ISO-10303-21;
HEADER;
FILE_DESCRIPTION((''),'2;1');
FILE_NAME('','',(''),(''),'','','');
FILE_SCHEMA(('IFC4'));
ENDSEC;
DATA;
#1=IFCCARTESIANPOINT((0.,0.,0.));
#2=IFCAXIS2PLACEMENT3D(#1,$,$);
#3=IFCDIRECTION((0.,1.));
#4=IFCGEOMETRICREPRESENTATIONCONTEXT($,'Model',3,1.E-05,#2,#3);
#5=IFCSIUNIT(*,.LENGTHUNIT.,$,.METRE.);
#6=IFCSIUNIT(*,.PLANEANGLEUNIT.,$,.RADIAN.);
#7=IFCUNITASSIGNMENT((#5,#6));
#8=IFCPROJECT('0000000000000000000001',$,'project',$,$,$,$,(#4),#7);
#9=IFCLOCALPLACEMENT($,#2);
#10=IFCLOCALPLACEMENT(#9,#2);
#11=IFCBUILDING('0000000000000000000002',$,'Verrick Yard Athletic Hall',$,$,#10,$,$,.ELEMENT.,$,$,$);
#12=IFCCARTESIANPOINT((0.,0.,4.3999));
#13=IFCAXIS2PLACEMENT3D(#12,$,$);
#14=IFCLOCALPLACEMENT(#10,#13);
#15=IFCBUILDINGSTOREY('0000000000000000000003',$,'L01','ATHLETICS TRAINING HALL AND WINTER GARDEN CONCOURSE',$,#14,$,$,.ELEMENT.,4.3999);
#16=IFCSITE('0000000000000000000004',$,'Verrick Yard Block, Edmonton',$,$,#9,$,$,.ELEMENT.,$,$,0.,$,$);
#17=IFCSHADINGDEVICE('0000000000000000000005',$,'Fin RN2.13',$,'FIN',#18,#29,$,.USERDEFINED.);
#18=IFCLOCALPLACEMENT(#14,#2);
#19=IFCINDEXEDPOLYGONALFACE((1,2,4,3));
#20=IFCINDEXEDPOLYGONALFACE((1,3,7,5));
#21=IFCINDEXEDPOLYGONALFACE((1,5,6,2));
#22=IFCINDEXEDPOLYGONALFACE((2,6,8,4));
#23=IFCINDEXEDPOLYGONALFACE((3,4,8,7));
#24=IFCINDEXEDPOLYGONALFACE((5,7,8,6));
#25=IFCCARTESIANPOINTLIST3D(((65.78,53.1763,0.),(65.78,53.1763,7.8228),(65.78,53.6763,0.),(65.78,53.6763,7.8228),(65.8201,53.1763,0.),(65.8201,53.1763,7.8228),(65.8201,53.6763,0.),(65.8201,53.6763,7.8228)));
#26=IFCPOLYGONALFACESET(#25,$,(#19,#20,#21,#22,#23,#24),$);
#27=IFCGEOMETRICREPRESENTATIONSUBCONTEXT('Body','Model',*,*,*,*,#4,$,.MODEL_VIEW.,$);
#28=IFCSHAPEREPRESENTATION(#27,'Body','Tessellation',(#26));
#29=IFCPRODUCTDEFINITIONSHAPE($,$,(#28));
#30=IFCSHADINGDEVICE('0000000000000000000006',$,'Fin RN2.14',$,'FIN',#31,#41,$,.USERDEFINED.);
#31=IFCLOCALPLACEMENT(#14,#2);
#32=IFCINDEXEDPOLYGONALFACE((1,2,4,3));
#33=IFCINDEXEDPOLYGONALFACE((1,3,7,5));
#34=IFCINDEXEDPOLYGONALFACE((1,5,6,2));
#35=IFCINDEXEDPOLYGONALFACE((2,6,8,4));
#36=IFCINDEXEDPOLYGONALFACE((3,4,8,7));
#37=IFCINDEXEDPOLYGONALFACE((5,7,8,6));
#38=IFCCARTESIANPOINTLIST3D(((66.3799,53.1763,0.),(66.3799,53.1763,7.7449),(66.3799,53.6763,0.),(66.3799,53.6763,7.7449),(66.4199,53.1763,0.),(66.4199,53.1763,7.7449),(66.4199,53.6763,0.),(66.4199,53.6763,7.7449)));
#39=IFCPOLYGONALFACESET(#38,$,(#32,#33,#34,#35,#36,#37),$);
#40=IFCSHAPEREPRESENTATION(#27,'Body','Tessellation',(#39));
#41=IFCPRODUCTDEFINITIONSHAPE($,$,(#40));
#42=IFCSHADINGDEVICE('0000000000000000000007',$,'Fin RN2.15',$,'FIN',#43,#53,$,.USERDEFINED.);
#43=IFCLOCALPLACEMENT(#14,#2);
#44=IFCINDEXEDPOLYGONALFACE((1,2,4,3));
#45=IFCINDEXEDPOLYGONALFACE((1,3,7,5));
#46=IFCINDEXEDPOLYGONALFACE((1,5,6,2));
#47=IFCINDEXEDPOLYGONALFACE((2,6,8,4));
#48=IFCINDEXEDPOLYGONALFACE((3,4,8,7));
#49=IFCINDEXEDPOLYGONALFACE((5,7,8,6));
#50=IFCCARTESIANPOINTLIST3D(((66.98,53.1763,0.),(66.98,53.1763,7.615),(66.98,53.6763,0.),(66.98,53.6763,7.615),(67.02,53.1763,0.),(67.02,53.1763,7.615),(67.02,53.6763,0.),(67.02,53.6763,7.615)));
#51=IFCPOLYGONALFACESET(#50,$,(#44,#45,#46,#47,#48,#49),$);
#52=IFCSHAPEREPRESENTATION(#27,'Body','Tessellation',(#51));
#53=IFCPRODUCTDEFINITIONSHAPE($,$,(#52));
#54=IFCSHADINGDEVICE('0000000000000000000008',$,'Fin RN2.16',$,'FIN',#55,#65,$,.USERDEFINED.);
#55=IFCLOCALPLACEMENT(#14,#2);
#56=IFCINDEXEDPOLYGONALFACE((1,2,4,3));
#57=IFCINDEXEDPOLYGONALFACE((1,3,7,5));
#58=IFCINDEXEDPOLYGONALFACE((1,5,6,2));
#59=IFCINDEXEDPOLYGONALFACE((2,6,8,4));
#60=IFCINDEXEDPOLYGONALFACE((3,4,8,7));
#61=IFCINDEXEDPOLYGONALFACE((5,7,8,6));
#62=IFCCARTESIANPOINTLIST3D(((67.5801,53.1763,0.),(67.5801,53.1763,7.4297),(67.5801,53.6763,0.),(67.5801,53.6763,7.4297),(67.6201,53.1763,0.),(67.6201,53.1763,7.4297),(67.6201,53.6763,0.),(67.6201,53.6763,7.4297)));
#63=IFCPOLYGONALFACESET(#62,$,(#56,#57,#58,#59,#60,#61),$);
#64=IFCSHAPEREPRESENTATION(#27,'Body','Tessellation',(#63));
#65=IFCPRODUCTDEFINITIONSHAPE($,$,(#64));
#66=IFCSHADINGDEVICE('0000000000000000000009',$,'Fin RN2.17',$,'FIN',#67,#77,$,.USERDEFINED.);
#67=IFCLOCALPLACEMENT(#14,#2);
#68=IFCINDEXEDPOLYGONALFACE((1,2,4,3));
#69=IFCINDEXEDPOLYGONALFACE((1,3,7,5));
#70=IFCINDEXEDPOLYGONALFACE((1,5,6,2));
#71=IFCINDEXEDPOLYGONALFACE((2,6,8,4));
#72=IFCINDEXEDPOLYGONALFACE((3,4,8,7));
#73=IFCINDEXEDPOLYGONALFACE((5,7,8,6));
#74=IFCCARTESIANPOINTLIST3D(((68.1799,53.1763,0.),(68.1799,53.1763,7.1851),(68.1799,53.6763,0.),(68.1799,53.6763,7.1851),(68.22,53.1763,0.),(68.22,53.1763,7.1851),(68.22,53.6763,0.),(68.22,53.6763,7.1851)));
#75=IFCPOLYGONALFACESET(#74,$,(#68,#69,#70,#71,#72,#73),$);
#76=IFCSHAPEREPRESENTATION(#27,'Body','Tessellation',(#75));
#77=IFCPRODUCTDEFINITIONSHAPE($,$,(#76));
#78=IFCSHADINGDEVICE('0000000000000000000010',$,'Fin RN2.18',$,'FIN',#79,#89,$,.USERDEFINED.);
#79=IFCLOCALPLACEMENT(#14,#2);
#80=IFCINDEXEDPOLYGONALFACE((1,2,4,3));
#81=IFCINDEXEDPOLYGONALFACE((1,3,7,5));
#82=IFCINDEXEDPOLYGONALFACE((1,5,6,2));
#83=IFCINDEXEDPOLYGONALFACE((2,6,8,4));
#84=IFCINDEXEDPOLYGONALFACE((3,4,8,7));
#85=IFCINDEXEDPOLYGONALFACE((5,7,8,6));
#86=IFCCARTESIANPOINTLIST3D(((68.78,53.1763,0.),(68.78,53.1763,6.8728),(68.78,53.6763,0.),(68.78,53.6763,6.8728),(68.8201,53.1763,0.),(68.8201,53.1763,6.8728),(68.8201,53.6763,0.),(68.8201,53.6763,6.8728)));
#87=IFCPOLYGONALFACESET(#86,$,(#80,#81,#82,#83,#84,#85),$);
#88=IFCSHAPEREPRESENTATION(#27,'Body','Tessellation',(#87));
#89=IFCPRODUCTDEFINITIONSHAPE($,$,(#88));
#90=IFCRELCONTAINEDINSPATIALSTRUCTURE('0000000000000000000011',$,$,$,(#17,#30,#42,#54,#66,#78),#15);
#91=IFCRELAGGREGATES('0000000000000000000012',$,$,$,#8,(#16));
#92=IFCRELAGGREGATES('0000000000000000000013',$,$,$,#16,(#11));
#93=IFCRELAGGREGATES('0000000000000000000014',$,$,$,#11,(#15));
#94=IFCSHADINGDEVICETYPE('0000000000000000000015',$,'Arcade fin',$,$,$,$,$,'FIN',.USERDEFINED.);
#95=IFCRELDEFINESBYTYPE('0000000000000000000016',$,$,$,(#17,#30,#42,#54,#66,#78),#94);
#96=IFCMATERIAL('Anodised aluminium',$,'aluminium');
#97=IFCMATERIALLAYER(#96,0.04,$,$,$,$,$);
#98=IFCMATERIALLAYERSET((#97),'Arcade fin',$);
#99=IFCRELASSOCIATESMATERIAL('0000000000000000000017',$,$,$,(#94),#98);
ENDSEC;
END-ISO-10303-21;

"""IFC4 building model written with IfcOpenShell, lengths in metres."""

from ifc_helpers import new_model, si_unit, direction, frame, origin, place, context, subcontext, project, spatial, polyline, outline, extrude, material, layer, layer_set, type_object, element, save


model = new_model("IFC4")

# Units and contexts
model_context = context("Model", 3, precision=1e-05, world=origin(), true_north=direction((0.0, 1.0)))
body_context = subcontext(model_context, "Body", "Model", "MODEL_VIEW")
ifc_project = project(units=[si_unit("LENGTHUNIT", "METRE"), si_unit("PLANEANGLEUNIT", "RADIAN")], contexts=[model_context])

# Site, building, storey
site_placement = place(None, origin())
site = spatial("IfcSite", under=ifc_project, at=site_placement, Name="Verrick Yard Block, Edmonton", CompositionType="ELEMENT", RefElevation=0.0)
building_placement = place(site_placement, origin())
building = spatial("IfcBuilding", under=site, at=building_placement, Name="Verrick Yard Athletic Hall", CompositionType="ELEMENT")
storey_placement = place(building_placement, frame((0.0, 0.0, 4.3999)))
storey = spatial("IfcBuildingStorey", under=building, at=storey_placement, Name="L01", Description="ATHLETICS TRAINING HALL AND WINTER GARDEN CONCOURSE", CompositionType="ELEMENT", Elevation=4.3999)

# Shading devices
ifc_material_1 = material(Name="Anodised aluminium", Category="aluminium")
ifc_layer_1 = layer(ifc_material_1, 0.04)
ifc_layer_set_1 = layer_set([ifc_layer_1], Name="Arcade fin")
shading_device_type = type_object("IfcShadingDeviceType", Name="Arcade fin", ElementType="FIN", PredefinedType="USERDEFINED", material=ifc_layer_set_1)
shading_device_1_placement = place(storey_placement, frame((65.8, 53.1763, 0.0), z_axis=(0.0, 0.0, 1.0), x_axis=(0.0, 1.0, 0.0)))
element("IfcShadingDevice", 1, at=shading_device_1_placement, inside=storey, type_object=shading_device_type, Name="Fin RN2.13", ObjectType="FIN", PredefinedType="USERDEFINED", context=body_context, shape_type="SweptSolid", body=[
    extrude(outline(polyline([(0.0, 0.0), (0.5, 0.0), (0.5, 7.8228), (0.0, 7.8228), (0.0, 0.0)])), frame((0.0, 0.02, 0.0), z_axis=(0.0, -1.0, 0.0), x_axis=(1.0, 0.0, 0.0)), (0.0, 0.0, 1.0), 0.04),
])
shading_device_2_placement = place(storey_placement, frame((66.3999, 53.1763, 0.0), z_axis=(0.0, 0.0, 1.0), x_axis=(0.0, 1.0, 0.0)))
element("IfcShadingDevice", 2, at=shading_device_2_placement, inside=storey, type_object=shading_device_type, Name="Fin RN2.14", ObjectType="FIN", PredefinedType="USERDEFINED", context=body_context, shape_type="SweptSolid", body=[
    extrude(outline(polyline([(0.0, 0.0), (0.5, 0.0), (0.5, 7.7449), (0.0, 7.7449), (0.0, 0.0)])), frame((0.0, 0.02, 0.0), z_axis=(0.0, -1.0, 0.0), x_axis=(1.0, 0.0, 0.0)), (0.0, 0.0, 1.0), 0.04),
])
shading_device_3_placement = place(storey_placement, frame((67.0, 53.1763, 0.0), z_axis=(0.0, 0.0, 1.0), x_axis=(0.0, 1.0, 0.0)))
element("IfcShadingDevice", 3, at=shading_device_3_placement, inside=storey, type_object=shading_device_type, Name="Fin RN2.15", ObjectType="FIN", PredefinedType="USERDEFINED", context=body_context, shape_type="SweptSolid", body=[
    extrude(outline(polyline([(0.0, 0.0), (0.5, 0.0), (0.5, 7.615), (0.0, 7.615), (0.0, 0.0)])), frame((0.0, 0.02, 0.0), z_axis=(0.0, -1.0, 0.0), x_axis=(1.0, 0.0, 0.0)), (0.0, 0.0, 1.0), 0.04),
])
shading_device_4_placement = place(storey_placement, frame((67.6001, 53.1763, 0.0), z_axis=(0.0, 0.0, 1.0), x_axis=(0.0, 1.0, 0.0)))
element("IfcShadingDevice", 4, at=shading_device_4_placement, inside=storey, type_object=shading_device_type, Name="Fin RN2.16", ObjectType="FIN", PredefinedType="USERDEFINED", context=body_context, shape_type="SweptSolid", body=[
    extrude(outline(polyline([(0.0, 0.0), (0.5, 0.0), (0.5, 7.4297), (0.0, 7.4297), (0.0, 0.0)])), frame((0.0, 0.02, 0.0), z_axis=(0.0, -1.0, 0.0), x_axis=(1.0, 0.0, 0.0)), (0.0, 0.0, 1.0), 0.04),
])
shading_device_5_placement = place(storey_placement, frame((68.2, 53.1763, 0.0), z_axis=(0.0, 0.0, 1.0), x_axis=(0.0, 1.0, 0.0)))
element("IfcShadingDevice", 5, at=shading_device_5_placement, inside=storey, type_object=shading_device_type, Name="Fin RN2.17", ObjectType="FIN", PredefinedType="USERDEFINED", context=body_context, shape_type="SweptSolid", body=[
    extrude(outline(polyline([(0.0, 0.0), (0.5, 0.0), (0.5, 7.1851), (0.0, 7.1851), (0.0, 0.0)])), frame((0.0, 0.02, 0.0), z_axis=(0.0, -1.0, 0.0), x_axis=(1.0, 0.0, 0.0)), (0.0, 0.0, 1.0), 0.04),
])
shading_device_6_placement = place(storey_placement, frame((68.8, 53.1763, 0.0), z_axis=(0.0, 0.0, 1.0), x_axis=(0.0, 1.0, 0.0)))
element("IfcShadingDevice", 6, at=shading_device_6_placement, inside=storey, type_object=shading_device_type, Name="Fin RN2.18", ObjectType="FIN", PredefinedType="USERDEFINED", context=body_context, shape_type="SweptSolid", body=[
    extrude(outline(polyline([(0.0, 0.0), (0.5, 0.0), (0.5, 6.8728), (0.0, 6.8728), (0.0, 0.0)])), frame((0.0, 0.02, 0.0), z_axis=(0.0, -1.0, 0.0), x_axis=(1.0, 0.0, 0.0)), (0.0, 0.0, 1.0), 0.04),
])

save(model, "model.ifc")
